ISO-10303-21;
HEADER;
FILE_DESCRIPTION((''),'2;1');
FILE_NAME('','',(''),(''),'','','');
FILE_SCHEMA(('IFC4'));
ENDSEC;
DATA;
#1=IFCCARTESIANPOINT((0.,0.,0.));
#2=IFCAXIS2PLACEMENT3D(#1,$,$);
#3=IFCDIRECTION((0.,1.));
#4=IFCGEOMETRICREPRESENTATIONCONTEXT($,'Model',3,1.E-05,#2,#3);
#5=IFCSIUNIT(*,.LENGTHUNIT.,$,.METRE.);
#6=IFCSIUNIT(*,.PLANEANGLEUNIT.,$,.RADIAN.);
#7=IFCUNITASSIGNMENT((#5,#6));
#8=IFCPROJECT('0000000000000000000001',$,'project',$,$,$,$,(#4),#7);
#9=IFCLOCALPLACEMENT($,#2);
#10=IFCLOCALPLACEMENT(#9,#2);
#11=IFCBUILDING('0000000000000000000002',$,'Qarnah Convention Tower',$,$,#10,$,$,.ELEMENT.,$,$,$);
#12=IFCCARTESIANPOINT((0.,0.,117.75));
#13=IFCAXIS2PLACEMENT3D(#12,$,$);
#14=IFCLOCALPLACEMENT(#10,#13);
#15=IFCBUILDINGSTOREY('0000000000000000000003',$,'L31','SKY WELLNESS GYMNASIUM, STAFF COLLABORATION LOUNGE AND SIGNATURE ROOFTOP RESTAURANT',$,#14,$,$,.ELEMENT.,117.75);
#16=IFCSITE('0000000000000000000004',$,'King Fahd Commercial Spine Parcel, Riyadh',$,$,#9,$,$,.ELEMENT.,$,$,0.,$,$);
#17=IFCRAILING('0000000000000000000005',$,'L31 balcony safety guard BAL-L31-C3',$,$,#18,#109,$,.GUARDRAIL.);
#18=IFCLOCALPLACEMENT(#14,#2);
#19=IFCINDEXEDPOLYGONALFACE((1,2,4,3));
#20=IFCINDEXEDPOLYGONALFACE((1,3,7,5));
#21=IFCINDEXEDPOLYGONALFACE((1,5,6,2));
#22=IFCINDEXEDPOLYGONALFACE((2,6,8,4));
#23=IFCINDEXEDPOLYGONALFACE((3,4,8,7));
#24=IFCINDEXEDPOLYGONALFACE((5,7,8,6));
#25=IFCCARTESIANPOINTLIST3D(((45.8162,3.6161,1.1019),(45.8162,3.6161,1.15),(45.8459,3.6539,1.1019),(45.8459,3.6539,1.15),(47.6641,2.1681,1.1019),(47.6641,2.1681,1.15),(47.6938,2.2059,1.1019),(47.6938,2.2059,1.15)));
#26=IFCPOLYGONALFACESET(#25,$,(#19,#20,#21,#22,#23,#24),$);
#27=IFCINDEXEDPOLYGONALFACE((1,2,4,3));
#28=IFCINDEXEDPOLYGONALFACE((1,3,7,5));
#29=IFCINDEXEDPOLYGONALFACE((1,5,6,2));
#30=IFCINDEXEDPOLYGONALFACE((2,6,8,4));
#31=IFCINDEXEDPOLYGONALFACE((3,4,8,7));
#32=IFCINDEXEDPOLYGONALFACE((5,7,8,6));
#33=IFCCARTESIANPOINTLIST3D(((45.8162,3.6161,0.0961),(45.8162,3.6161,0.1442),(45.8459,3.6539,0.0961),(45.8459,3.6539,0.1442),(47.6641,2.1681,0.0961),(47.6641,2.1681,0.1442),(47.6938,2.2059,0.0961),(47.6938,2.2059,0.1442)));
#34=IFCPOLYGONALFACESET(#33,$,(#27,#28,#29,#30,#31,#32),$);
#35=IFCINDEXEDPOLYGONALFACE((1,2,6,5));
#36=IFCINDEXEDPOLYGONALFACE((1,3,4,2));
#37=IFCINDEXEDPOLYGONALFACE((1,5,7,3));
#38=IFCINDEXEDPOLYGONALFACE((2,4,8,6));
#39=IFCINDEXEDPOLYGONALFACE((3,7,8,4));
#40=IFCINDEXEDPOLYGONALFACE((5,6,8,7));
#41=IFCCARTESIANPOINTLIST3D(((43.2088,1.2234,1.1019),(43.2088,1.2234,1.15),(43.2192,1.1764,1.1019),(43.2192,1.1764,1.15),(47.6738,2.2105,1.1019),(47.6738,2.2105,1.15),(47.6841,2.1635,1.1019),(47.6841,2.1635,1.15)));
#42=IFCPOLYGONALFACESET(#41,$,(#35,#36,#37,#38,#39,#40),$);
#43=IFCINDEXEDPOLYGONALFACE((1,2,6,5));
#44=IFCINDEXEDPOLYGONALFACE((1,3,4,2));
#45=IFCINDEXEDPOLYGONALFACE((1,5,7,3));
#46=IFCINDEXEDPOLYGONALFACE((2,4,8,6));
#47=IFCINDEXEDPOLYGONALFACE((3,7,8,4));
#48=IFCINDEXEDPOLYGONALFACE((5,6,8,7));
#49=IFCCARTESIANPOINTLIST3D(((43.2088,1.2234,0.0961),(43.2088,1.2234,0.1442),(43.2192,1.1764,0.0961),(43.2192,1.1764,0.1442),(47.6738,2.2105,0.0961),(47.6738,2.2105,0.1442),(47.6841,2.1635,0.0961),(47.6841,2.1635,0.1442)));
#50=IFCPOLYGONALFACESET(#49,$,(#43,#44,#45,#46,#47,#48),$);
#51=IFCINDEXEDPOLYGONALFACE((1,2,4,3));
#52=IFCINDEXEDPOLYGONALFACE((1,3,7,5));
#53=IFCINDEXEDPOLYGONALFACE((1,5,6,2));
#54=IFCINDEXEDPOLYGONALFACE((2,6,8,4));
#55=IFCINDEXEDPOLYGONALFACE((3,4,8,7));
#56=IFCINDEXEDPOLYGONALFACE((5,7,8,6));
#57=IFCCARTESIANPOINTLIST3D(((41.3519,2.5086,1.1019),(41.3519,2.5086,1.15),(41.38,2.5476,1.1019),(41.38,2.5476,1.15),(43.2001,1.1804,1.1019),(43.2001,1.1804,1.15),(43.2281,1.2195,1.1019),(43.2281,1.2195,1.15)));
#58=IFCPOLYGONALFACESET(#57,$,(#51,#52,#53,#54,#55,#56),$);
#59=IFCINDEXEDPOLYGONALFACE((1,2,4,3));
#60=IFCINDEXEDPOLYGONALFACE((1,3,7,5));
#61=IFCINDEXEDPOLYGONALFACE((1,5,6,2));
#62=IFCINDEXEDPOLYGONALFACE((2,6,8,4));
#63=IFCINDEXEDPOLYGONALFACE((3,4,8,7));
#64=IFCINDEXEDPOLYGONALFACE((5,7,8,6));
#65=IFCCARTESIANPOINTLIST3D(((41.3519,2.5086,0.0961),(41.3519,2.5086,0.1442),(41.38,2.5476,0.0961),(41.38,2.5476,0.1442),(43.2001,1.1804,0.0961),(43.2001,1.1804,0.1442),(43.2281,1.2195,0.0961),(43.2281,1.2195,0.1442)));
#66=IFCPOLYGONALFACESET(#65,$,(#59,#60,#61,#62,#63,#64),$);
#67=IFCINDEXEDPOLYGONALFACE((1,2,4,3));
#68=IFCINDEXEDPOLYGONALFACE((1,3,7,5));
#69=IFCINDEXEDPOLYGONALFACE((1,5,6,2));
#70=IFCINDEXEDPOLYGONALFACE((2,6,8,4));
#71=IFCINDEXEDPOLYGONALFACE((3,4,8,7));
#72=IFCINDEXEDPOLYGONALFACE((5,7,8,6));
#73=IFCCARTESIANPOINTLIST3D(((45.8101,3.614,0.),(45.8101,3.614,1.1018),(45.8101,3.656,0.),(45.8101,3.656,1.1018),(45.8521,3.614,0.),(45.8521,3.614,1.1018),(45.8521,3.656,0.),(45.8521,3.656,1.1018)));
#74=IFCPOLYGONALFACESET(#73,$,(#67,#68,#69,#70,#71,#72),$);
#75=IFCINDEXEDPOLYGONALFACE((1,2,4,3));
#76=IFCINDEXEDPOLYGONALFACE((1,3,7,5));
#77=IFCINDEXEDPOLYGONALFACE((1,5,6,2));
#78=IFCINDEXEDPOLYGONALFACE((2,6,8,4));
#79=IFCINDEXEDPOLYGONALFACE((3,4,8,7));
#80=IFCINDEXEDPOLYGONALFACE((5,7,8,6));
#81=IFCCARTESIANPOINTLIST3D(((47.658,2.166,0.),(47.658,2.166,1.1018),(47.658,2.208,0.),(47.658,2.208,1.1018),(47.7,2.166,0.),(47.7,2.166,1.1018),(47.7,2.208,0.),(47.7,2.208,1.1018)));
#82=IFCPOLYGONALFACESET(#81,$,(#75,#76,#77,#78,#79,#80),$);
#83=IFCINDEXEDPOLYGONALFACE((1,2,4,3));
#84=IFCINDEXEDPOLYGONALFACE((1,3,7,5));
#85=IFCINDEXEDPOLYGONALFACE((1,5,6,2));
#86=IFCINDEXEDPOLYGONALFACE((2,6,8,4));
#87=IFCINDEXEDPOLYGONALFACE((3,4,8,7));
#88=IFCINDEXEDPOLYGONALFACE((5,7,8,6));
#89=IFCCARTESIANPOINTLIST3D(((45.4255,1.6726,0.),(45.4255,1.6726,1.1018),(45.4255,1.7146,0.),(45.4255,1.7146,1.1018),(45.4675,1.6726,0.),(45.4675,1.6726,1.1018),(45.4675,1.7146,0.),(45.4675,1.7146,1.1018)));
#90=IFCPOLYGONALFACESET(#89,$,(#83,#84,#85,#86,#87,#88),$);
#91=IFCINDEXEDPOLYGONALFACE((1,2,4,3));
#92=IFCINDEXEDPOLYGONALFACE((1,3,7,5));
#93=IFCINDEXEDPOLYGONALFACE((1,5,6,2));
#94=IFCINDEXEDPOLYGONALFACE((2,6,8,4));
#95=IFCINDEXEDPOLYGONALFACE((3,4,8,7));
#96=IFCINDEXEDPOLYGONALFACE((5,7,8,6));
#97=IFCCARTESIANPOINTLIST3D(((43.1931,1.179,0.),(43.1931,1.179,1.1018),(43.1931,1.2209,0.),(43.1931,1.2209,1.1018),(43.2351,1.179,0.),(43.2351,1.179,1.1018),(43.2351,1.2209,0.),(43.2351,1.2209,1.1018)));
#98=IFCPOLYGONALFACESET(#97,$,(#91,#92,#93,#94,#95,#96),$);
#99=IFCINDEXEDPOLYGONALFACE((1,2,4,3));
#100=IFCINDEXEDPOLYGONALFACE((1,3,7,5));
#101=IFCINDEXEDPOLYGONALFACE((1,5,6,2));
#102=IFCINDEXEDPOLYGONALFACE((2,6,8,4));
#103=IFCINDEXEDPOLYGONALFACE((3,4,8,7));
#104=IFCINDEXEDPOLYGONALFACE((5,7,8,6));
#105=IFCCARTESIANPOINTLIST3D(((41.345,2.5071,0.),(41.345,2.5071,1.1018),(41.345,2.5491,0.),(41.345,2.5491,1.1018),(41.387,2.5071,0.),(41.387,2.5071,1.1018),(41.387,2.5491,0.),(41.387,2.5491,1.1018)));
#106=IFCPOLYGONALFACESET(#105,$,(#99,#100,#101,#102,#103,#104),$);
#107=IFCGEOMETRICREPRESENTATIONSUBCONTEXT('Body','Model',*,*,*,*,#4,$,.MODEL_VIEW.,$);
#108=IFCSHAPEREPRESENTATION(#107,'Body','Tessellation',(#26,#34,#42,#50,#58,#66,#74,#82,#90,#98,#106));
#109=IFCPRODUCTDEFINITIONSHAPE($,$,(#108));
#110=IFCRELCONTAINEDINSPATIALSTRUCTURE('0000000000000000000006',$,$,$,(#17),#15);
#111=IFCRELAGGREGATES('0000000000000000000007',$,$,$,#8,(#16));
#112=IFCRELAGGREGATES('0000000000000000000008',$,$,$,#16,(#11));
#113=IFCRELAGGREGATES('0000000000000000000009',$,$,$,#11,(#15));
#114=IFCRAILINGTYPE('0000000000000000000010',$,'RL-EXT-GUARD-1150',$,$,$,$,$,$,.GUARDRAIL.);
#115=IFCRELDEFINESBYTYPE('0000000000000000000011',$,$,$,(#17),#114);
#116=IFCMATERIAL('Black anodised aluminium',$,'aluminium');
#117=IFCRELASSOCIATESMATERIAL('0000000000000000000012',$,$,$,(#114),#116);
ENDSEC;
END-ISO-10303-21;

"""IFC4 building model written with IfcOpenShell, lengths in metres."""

from ifc_helpers import new_model, si_unit, direction, frame, origin, origin_2d, place, context, subcontext, project, spatial, rectangle, extrude, material, type_object, element, save


model = new_model("IFC4")

# Units and contexts
model_context = context("Model", 3, precision=1e-05, world=origin(), true_north=direction((0.0, 1.0)))
body_context = subcontext(model_context, "Body", "Model", "MODEL_VIEW")
ifc_project = project(units=[si_unit("LENGTHUNIT", "METRE"), si_unit("PLANEANGLEUNIT", "RADIAN")], contexts=[model_context])

# Site, building, storey
site_placement = place(None, origin())
site = spatial("IfcSite", under=ifc_project, at=site_placement, Name="King Fahd Commercial Spine Parcel, Riyadh", CompositionType="ELEMENT", RefElevation=0.0)
building_placement = place(site_placement, origin())
building = spatial("IfcBuilding", under=site, at=building_placement, Name="Qarnah Convention Tower", CompositionType="ELEMENT")
storey_placement = place(building_placement, frame((0.0, 0.0, 117.75)))
storey = spatial("IfcBuildingStorey", under=building, at=storey_placement, Name="L31", Description="SKY WELLNESS GYMNASIUM, STAFF COLLABORATION LOUNGE AND SIGNATURE ROOFTOP RESTAURANT", CompositionType="ELEMENT", Elevation=117.75)

# Shared definitions
ifc_material_1 = material(Name="Black anodised aluminium", Category="aluminium")

# Railing
railing_type = type_object("IfcRailingType", Name="RL-EXT-GUARD-1150", PredefinedType="GUARDRAIL", material=ifc_material_1)
railing_1_placement = place(storey_placement, frame((45.8311, 3.635, 0.0)))
element("IfcRailing", 1, at=railing_1_placement, inside=storey, type_object=railing_type, Name="L31 balcony safety guard BAL-L31-C3", PredefinedType="GUARDRAIL", context=body_context, shape_type="SweptSolid", body=[
    extrude(rectangle(XDim=0.0481, YDim=0.0481, at=origin_2d()), frame((0.0, 0.0, 1.126), z_axis=(0.78713, -0.616788, 0.0), x_axis=(0.616788, 0.78713, 0.0)), (0.0, 0.0, 1.0), 2.3477),
    extrude(rectangle(XDim=0.0481, YDim=0.0481, at=origin_2d()), frame((0.0, 0.0, 0.1201), z_axis=(0.78713, -0.616788, 0.0), x_axis=(0.616788, 0.78713, 0.0)), (0.0, 0.0, 1.0), 2.3477),
    extrude(rectangle(XDim=0.0481, YDim=0.0481, at=origin_2d()), frame((1.8479, -1.448, 1.126), z_axis=(-0.976424, -0.215862, 0.0), x_axis=(0.215862, -0.976424, 0.0)), (0.0, 0.0, 1.0), 4.5728),
    extrude(rectangle(XDim=0.0481, YDim=0.0481, at=origin_2d()), frame((1.8479, -1.448, 0.1201), z_axis=(-0.976424, -0.215862, 0.0), x_axis=(0.215862, -0.976424, 0.0)), (0.0, 0.0, 1.0), 4.5728),
    extrude(rectangle(XDim=0.0481, YDim=0.0481, at=origin_2d()), frame((-2.6169, -2.4351, 1.126), z_axis=(-0.812063, 0.58357, 0.0), x_axis=(-0.58357, -0.812063, 0.0)), (0.0, 0.0, 1.0), 2.2759),
    extrude(rectangle(XDim=0.0481, YDim=0.0481, at=origin_2d()), frame((-2.6169, -2.4351, 0.1201), z_axis=(-0.812063, 0.58357, 0.0), x_axis=(-0.58357, -0.812063, 0.0)), (0.0, 0.0, 1.0), 2.2759),
    extrude(rectangle(XDim=0.042, YDim=0.042, at=origin_2d()), origin(), (0.0, 0.0, 1.0), 1.1018),
    extrude(rectangle(XDim=0.042, YDim=0.042, at=origin_2d()), frame((1.8479, -1.448, 0.0)), (0.0, 0.0, 1.0), 1.1018),
    extrude(rectangle(XDim=0.042, YDim=0.042, at=origin_2d()), frame((-0.3845, -1.9414, 0.0)), (0.0, 0.0, 1.0), 1.1018),
    extrude(rectangle(XDim=0.042, YDim=0.042, at=origin_2d()), frame((-2.6169, -2.4351, 0.0)), (0.0, 0.0, 1.0), 1.1018),
    extrude(rectangle(XDim=0.042, YDim=0.042, at=origin_2d()), frame((-4.4651, -1.1069, 0.0)), (0.0, 0.0, 1.0), 1.1018),
])

save(model, "model.ifc")
